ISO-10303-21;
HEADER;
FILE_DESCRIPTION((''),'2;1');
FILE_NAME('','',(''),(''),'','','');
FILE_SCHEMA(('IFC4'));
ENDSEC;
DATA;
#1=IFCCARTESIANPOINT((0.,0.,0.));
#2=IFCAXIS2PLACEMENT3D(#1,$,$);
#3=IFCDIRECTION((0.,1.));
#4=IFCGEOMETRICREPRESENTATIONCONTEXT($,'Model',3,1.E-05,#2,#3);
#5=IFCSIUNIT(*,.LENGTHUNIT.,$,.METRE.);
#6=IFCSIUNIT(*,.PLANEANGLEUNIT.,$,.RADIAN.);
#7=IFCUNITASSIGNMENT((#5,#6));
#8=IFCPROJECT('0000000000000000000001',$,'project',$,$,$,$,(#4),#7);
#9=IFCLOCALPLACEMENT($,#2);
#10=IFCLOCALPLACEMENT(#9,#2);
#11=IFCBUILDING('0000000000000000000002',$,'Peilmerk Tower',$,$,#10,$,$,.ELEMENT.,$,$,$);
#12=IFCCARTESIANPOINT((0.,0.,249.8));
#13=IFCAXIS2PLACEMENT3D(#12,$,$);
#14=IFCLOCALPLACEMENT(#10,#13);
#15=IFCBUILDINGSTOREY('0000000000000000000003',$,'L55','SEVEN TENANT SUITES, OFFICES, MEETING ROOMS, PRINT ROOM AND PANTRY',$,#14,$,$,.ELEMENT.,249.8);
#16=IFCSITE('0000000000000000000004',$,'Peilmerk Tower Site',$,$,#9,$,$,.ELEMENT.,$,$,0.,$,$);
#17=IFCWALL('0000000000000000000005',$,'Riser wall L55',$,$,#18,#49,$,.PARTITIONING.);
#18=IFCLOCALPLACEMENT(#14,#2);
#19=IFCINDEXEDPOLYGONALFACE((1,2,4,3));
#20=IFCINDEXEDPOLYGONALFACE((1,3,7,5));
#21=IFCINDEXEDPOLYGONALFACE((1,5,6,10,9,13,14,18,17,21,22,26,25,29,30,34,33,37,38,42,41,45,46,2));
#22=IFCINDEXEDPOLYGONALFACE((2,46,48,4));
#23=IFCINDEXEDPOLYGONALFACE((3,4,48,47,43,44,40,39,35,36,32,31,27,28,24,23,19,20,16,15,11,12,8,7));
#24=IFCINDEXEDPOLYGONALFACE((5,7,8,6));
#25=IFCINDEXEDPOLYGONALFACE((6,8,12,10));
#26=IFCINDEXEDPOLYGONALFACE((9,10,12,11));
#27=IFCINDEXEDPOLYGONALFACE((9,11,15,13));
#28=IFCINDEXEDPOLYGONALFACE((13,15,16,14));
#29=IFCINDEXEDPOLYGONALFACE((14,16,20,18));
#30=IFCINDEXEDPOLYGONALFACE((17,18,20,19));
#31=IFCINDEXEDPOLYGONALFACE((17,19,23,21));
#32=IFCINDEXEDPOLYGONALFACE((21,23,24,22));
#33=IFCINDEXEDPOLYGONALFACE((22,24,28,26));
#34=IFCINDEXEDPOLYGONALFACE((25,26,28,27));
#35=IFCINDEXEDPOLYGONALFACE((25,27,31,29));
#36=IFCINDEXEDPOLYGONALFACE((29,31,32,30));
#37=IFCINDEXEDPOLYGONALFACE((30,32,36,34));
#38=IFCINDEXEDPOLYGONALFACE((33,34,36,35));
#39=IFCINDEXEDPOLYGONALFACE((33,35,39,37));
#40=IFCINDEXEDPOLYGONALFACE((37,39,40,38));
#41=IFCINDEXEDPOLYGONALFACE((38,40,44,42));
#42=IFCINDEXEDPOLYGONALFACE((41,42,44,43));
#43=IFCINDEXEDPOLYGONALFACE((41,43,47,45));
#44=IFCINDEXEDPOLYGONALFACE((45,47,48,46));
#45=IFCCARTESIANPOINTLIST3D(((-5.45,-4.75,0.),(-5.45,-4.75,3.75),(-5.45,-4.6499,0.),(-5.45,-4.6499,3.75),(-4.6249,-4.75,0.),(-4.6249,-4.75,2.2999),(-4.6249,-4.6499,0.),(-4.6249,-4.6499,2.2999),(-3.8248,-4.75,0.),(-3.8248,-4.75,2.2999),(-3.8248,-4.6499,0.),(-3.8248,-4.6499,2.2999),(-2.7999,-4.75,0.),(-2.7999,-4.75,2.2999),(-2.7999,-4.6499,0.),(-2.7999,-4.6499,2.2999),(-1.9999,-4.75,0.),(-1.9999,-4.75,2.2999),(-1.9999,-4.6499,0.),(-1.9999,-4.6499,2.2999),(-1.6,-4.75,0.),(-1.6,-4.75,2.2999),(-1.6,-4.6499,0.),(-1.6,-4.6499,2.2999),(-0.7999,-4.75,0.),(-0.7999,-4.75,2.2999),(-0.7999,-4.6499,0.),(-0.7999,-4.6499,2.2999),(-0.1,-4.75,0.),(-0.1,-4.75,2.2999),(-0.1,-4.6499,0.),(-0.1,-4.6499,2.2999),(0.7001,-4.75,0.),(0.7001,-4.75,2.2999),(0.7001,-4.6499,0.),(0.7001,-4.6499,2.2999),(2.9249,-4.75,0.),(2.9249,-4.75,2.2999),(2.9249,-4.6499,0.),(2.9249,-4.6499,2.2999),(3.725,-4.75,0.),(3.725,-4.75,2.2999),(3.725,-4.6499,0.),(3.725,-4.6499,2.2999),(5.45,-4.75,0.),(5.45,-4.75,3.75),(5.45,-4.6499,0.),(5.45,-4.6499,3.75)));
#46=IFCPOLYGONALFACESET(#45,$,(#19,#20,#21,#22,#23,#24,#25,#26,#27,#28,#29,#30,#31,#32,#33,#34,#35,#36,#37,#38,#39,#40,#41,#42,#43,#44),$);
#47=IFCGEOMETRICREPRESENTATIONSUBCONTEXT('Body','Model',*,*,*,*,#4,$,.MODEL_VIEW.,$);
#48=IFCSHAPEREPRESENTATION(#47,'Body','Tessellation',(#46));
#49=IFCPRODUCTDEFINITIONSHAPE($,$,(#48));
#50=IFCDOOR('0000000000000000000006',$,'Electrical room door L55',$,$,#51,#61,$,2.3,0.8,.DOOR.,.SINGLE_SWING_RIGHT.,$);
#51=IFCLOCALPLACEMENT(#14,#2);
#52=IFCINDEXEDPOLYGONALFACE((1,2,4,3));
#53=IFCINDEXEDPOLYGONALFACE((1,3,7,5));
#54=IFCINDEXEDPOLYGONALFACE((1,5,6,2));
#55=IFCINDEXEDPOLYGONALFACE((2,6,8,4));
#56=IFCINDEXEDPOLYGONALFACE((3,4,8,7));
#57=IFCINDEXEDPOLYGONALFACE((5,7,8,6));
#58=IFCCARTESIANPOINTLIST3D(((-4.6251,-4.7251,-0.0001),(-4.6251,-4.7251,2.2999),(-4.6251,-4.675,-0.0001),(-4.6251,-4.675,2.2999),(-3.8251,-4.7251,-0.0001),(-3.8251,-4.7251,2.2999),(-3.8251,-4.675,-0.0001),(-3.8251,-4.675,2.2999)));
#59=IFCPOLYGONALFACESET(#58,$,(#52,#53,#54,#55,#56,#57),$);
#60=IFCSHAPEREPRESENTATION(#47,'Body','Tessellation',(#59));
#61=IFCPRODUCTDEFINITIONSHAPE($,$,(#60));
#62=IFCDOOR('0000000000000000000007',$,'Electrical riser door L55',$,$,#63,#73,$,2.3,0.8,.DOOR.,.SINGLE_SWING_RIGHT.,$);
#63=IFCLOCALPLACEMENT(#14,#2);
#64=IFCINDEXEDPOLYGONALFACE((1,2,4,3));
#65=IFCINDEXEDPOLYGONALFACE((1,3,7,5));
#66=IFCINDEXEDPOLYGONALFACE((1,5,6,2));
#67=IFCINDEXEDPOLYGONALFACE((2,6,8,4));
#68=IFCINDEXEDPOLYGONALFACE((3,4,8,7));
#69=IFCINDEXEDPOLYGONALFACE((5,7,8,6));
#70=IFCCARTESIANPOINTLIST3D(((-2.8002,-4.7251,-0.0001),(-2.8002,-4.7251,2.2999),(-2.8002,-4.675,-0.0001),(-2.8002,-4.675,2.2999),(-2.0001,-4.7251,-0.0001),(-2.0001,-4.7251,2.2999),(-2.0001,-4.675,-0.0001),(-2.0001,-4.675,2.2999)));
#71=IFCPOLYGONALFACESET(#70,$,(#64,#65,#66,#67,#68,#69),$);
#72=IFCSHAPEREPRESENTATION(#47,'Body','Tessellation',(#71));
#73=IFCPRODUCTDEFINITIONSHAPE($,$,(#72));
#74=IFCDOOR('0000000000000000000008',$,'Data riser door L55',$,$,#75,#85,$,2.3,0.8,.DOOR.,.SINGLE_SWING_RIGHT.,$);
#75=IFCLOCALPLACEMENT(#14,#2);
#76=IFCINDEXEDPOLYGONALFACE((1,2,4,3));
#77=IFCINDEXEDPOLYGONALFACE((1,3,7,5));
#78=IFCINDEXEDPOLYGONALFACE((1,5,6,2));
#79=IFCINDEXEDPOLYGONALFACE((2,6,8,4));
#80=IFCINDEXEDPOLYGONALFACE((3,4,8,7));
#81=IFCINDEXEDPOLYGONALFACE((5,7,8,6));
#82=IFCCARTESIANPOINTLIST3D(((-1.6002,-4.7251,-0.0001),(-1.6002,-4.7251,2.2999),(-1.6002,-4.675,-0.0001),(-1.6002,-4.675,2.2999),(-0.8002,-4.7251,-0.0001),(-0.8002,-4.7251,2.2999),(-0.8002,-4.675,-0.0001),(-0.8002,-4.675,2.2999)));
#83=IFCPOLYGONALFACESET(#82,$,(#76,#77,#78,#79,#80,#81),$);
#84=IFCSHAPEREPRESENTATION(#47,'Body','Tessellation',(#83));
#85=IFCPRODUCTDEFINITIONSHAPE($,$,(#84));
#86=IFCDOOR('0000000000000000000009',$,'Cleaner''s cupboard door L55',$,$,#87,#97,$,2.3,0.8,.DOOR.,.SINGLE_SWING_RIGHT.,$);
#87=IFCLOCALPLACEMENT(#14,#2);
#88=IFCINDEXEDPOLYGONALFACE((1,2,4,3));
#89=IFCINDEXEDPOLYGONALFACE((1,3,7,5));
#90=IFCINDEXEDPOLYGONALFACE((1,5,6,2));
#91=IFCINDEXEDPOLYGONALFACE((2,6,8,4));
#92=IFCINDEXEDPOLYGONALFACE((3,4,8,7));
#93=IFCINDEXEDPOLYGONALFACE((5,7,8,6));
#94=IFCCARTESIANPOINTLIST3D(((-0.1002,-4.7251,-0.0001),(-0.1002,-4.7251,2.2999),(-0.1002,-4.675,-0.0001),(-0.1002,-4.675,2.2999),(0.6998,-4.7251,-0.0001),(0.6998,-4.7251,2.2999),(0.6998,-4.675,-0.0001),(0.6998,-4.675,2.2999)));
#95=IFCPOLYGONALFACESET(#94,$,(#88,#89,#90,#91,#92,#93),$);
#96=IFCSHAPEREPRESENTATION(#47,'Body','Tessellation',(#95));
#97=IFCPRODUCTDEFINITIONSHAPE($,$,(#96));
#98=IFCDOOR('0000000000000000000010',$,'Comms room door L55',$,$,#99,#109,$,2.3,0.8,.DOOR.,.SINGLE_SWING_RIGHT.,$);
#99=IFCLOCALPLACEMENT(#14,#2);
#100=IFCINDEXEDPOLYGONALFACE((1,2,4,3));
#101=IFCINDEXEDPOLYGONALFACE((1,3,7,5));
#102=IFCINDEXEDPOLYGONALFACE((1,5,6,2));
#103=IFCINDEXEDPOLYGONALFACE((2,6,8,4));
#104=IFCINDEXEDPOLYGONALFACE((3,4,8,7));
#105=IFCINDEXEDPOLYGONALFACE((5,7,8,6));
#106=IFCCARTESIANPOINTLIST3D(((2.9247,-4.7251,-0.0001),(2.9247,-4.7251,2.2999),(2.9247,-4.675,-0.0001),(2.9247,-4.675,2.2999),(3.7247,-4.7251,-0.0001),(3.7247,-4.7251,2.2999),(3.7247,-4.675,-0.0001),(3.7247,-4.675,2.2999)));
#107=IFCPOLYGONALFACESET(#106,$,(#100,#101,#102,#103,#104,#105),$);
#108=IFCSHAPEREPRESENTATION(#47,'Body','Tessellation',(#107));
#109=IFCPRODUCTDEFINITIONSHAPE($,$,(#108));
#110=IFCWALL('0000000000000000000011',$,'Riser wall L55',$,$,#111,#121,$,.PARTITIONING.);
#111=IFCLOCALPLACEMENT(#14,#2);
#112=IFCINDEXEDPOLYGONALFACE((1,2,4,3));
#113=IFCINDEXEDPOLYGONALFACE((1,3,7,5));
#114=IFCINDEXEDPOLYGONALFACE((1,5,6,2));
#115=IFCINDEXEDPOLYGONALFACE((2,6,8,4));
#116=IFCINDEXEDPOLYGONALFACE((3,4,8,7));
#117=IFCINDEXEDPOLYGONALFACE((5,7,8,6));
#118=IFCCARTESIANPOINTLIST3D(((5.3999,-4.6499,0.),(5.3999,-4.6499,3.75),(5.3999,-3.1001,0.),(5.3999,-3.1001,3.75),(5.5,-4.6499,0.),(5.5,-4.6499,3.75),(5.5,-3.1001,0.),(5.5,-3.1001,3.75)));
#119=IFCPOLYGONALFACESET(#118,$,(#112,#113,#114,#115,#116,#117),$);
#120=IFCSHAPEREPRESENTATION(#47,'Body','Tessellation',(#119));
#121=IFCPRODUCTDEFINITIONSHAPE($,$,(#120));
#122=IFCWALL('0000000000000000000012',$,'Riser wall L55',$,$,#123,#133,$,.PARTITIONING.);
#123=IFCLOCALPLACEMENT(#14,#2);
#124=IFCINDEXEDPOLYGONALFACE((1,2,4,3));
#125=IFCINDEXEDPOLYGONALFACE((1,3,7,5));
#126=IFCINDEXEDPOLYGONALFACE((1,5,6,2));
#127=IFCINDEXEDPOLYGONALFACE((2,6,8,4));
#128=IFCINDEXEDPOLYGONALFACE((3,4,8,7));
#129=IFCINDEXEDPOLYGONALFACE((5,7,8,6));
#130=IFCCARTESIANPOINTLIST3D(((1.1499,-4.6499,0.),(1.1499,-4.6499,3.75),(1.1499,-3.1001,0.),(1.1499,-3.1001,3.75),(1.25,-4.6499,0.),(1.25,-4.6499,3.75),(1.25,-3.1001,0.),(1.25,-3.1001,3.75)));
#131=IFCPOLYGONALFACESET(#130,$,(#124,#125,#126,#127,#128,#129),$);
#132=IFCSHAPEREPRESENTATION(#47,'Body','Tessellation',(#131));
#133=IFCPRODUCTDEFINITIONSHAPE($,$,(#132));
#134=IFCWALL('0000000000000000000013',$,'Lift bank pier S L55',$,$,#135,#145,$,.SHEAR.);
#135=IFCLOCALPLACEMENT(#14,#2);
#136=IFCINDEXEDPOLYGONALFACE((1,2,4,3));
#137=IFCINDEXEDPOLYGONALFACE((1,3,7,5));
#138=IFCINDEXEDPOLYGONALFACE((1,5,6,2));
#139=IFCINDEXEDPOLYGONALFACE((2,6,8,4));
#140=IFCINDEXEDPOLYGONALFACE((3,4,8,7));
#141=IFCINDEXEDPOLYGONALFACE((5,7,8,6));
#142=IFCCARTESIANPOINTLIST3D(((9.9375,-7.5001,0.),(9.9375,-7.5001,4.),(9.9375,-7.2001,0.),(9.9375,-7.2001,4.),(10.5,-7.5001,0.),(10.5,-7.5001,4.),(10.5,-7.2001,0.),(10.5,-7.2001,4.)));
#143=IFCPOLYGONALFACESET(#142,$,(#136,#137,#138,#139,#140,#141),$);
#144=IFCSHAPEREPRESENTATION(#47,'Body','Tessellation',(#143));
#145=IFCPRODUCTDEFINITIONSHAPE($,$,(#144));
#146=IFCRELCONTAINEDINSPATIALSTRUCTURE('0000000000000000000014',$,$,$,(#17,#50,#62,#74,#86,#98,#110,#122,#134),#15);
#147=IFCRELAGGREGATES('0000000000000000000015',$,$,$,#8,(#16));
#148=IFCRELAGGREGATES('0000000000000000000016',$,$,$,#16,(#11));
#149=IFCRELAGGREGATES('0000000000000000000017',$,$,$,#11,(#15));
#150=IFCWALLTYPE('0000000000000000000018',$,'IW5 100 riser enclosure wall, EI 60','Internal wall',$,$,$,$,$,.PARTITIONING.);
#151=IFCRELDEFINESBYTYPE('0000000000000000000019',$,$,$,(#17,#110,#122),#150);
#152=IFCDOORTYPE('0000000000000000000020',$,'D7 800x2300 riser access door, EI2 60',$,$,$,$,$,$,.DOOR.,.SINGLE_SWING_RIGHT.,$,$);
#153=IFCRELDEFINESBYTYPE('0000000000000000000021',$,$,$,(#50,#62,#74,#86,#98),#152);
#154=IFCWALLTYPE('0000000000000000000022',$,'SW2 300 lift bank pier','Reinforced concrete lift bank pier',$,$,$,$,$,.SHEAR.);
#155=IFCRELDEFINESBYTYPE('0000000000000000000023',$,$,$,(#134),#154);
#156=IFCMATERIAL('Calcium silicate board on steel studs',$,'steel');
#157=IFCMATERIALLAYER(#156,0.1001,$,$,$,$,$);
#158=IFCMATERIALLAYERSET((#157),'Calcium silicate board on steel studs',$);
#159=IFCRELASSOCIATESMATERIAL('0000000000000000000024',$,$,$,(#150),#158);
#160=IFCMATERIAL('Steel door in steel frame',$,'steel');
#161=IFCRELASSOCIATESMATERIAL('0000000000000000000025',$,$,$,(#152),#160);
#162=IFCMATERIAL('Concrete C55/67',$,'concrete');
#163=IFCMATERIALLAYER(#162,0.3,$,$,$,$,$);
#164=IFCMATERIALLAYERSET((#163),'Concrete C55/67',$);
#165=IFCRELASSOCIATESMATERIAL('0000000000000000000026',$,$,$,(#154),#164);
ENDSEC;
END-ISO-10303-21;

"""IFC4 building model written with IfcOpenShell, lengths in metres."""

from ifc_helpers import new_model, si_unit, direction, frame, frame_2d, origin, place, context, subcontext, project, spatial, rectangle, extrude, material, layer, layer_set, type_object, element, fill, save


model = new_model("IFC4")

# Units and contexts
model_context = context("Model", 3, precision=1e-05, world=origin(), true_north=direction((0.0, 1.0)))
body_context = subcontext(model_context, "Body", "Model", "MODEL_VIEW")
ifc_project = project(units=[si_unit("LENGTHUNIT", "METRE"), si_unit("PLANEANGLEUNIT", "RADIAN")], contexts=[model_context])

# Site, building, storey
site_placement = place(None, origin())
site = spatial("IfcSite", under=ifc_project, at=site_placement, Name="Peilmerk Tower Site", CompositionType="ELEMENT", RefElevation=0.0)
building_placement = place(site_placement, origin())
building = spatial("IfcBuilding", under=site, at=building_placement, Name="Peilmerk Tower", CompositionType="ELEMENT")
storey_placement = place(building_placement, frame((0.0, 0.0, 249.8)))
storey = spatial("IfcBuildingStorey", under=building, at=storey_placement, Name="L55", Description="SEVEN TENANT SUITES, OFFICES, MEETING ROOMS, PRINT ROOM AND PANTRY", CompositionType="ELEMENT", Elevation=249.8)

# Shared definitions
ifc_material_1 = material(Name="Steel door in steel frame", Category="steel")

# Shared definitions
ifc_material_2 = material(Name="Calcium silicate board on steel studs", Category="steel")
ifc_layer_1 = layer(ifc_material_2, 0.1001)
ifc_layer_set_1 = layer_set([ifc_layer_1], Name="Calcium silicate board on steel studs")
wall_type_1 = type_object("IfcWallType", Name="IW5 100 riser enclosure wall, EI 60", Description="Internal wall", PredefinedType="PARTITIONING", material=ifc_layer_set_1)

# Wall, openings, doors
wall_1_placement = place(storey_placement, frame((5.45, -4.7, 0.0), z_axis=(0.0, 0.0, 1.0), x_axis=(-1.0, 0.0, 0.0)))
wall_1 = element("IfcWall", 1, at=wall_1_placement, inside=storey, type_object=wall_type_1, Name="Riser wall L55", PredefinedType="PARTITIONING", context=body_context, shape_type="SweptSolid", body=[
    extrude(rectangle(XDim=10.8999, YDim=0.1001, at=frame_2d((5.45, 0.0))), origin(), (0.0, 0.0, 1.0), 3.75),
])
opening_1_placement = place(wall_1_placement, frame((9.2749, 0.0, 0.0)))
opening_1 = element("IfcOpeningElement", 2, at=opening_1_placement, cuts=wall_1, PredefinedType="OPENING", context=body_context, shape_type="SweptSolid", body=[
    extrude(rectangle(XDim=0.8, YDim=2.3, at=frame_2d((0.3999, 1.1499))), frame((0.0, 0.0601, 0.0), z_axis=(0.0, -1.0, 0.0), x_axis=(1.0, 0.0, 0.0)), (0.0, 0.0, 1.0), 0.1201),
])
opening_2_placement = place(wall_1_placement, frame((7.45, 0.0, 0.0)))
opening_2 = element("IfcOpeningElement", 3, at=opening_2_placement, cuts=wall_1, PredefinedType="OPENING", context=body_context, shape_type="SweptSolid", body=[
    extrude(rectangle(XDim=0.8, YDim=2.3, at=frame_2d((0.3999, 1.1499))), frame((0.0, 0.0601, 0.0), z_axis=(0.0, -1.0, 0.0), x_axis=(1.0, 0.0, 0.0)), (0.0, 0.0, 1.0), 0.1201),
])
opening_3_placement = place(wall_1_placement, frame((6.25, 0.0, 0.0)))
opening_3 = element("IfcOpeningElement", 4, at=opening_3_placement, cuts=wall_1, PredefinedType="OPENING", context=body_context, shape_type="SweptSolid", body=[
    extrude(rectangle(XDim=0.8, YDim=2.3, at=frame_2d((0.3999, 1.1499))), frame((0.0, 0.0601, 0.0), z_axis=(0.0, -1.0, 0.0), x_axis=(1.0, 0.0, 0.0)), (0.0, 0.0, 1.0), 0.1201),
])
opening_4_placement = place(wall_1_placement, frame((4.75, 0.0, 0.0)))
opening_4 = element("IfcOpeningElement", 5, at=opening_4_placement, cuts=wall_1, PredefinedType="OPENING", context=body_context, shape_type="SweptSolid", body=[
    extrude(rectangle(XDim=0.8, YDim=2.3, at=frame_2d((0.3999, 1.1499))), frame((0.0, 0.0601, 0.0), z_axis=(0.0, -1.0, 0.0), x_axis=(1.0, 0.0, 0.0)), (0.0, 0.0, 1.0), 0.1201),
])
opening_5_placement = place(wall_1_placement, frame((1.7251, 0.0, 0.0)))
opening_5 = element("IfcOpeningElement", 6, at=opening_5_placement, cuts=wall_1, PredefinedType="OPENING", context=body_context, shape_type="SweptSolid", body=[
    extrude(rectangle(XDim=0.8, YDim=2.3, at=frame_2d((0.3999, 1.1499))), frame((0.0, 0.0601, 0.0), z_axis=(0.0, -1.0, 0.0), x_axis=(1.0, 0.0, 0.0)), (0.0, 0.0, 1.0), 0.1201),
])
door_type_1 = type_object("IfcDoorType", Name="D7 800x2300 riser access door, EI2 60", OperationType="SINGLE_SWING_RIGHT", PredefinedType="DOOR", material=ifc_material_1)
door_1_placement = place(opening_1_placement, frame((0.8, 0.0, 0.0), z_axis=(0.0, 0.0, 1.0), x_axis=(-1.0, 0.0, 0.0)))
door_1 = element("IfcDoor", 7, at=door_1_placement, inside=storey, type_object=door_type_1, Name="Electrical room door L55", OperationType="SINGLE_SWING_RIGHT", OverallHeight=2.3, OverallWidth=0.8, PredefinedType="DOOR", context=body_context, shape_type="SweptSolid", body=[
    extrude(rectangle(XDim=0.8, YDim=2.3, at=frame_2d((0.3999, 1.1499))), frame((0.0, 0.0249, 0.0), z_axis=(0.0, -1.0, 0.0), x_axis=(1.0, 0.0, 0.0)), (0.0, 0.0, 1.0), 0.05),
])
fill(opening_1, door_1)
door_2_placement = place(opening_2_placement, frame((0.8, 0.0, 0.0), z_axis=(0.0, 0.0, 1.0), x_axis=(-1.0, 0.0, 0.0)))
door_2 = element("IfcDoor", 8, at=door_2_placement, inside=storey, type_object=door_type_1, Name="Electrical riser door L55", OperationType="SINGLE_SWING_RIGHT", OverallHeight=2.3, OverallWidth=0.8, PredefinedType="DOOR", context=body_context, shape_type="SweptSolid", body=[
    extrude(rectangle(XDim=0.8, YDim=2.3, at=frame_2d((0.3999, 1.1499))), frame((0.0, 0.0249, 0.0), z_axis=(0.0, -1.0, 0.0), x_axis=(1.0, 0.0, 0.0)), (0.0, 0.0, 1.0), 0.05),
])
fill(opening_2, door_2)
door_3_placement = place(opening_3_placement, frame((0.8, 0.0, 0.0), z_axis=(0.0, 0.0, 1.0), x_axis=(-1.0, 0.0, 0.0)))
door_3 = element("IfcDoor", 9, at=door_3_placement, inside=storey, type_object=door_type_1, Name="Data riser door L55", OperationType="SINGLE_SWING_RIGHT", OverallHeight=2.3, OverallWidth=0.8, PredefinedType="DOOR", context=body_context, shape_type="SweptSolid", body=[
    extrude(rectangle(XDim=0.8, YDim=2.3, at=frame_2d((0.3999, 1.1499))), frame((0.0, 0.0249, 0.0), z_axis=(0.0, -1.0, 0.0), x_axis=(1.0, 0.0, 0.0)), (0.0, 0.0, 1.0), 0.05),
])
fill(opening_3, door_3)
door_4_placement = place(opening_4_placement, frame((0.8, 0.0, 0.0), z_axis=(0.0, 0.0, 1.0), x_axis=(-1.0, 0.0, 0.0)))
door_4 = element("IfcDoor", 10, at=door_4_placement, inside=storey, type_object=door_type_1, Name="Cleaner's cupboard door L55", OperationType="SINGLE_SWING_RIGHT", OverallHeight=2.3, OverallWidth=0.8, PredefinedType="DOOR", context=body_context, shape_type="SweptSolid", body=[
    extrude(rectangle(XDim=0.8, YDim=2.3, at=frame_2d((0.3999, 1.1499))), frame((0.0, 0.0249, 0.0), z_axis=(0.0, -1.0, 0.0), x_axis=(1.0, 0.0, 0.0)), (0.0, 0.0, 1.0), 0.05),
])
fill(opening_4, door_4)
door_5_placement = place(opening_5_placement, frame((0.8, 0.0, 0.0), z_axis=(0.0, 0.0, 1.0), x_axis=(-1.0, 0.0, 0.0)))
door_5 = element("IfcDoor", 11, at=door_5_placement, inside=storey, type_object=door_type_1, Name="Comms room door L55", OperationType="SINGLE_SWING_RIGHT", OverallHeight=2.3, OverallWidth=0.8, PredefinedType="DOOR", context=body_context, shape_type="SweptSolid", body=[
    extrude(rectangle(XDim=0.8, YDim=2.3, at=frame_2d((0.3999, 1.1499))), frame((0.0, 0.0249, 0.0), z_axis=(0.0, -1.0, 0.0), x_axis=(1.0, 0.0, 0.0)), (0.0, 0.0, 1.0), 0.05),
])
fill(opening_5, door_5)

# Walls
for number, where, z_axis, x_axis, name in (
    (12, (5.45, -3.1001, 0.0), (0.0, 0.0, 1.0), (0.0, -1.0, 0.0), "Riser wall L55"),
    (13, (1.2, -3.1001, 0.0), (0.0, 0.0, 1.0), (0.0, -1.0, 0.0), "Riser wall L55"),
):
    element("IfcWall", number, at=place(storey_placement, frame(where, z_axis=z_axis, x_axis=x_axis)), inside=storey, type_object=wall_type_1, Name=name, PredefinedType="PARTITIONING", context=body_context, shape_type="SweptSolid", body=[
        extrude(rectangle(XDim=1.5498, YDim=0.1001, at=frame_2d((0.7749, 0.0))), origin(), (0.0, 0.0, 1.0), 3.75),
    ])
ifc_material_3 = material(Name="Concrete C55/67", Category="concrete")
ifc_layer_2 = layer(ifc_material_3, 0.3)
ifc_layer_set_2 = layer_set([ifc_layer_2], Name="Concrete C55/67")
wall_type_2 = type_object("IfcWallType", Name="SW2 300 lift bank pier", Description="Reinforced concrete lift bank pier", PredefinedType="SHEAR", material=ifc_layer_set_2)
wall_2_placement = place(storey_placement, frame((9.9375, -7.3501, 0.0), z_axis=(0.0, 0.0, 1.0), x_axis=(1.0, 0.0, 0.0)))
element("IfcWall", 14, at=wall_2_placement, inside=storey, type_object=wall_type_2, Name="Lift bank pier S L55", PredefinedType="SHEAR", context=body_context, shape_type="SweptSolid", body=[
    extrude(rectangle(XDim=0.5625, YDim=0.3, at=frame_2d((0.2812, 0.0))), origin(), (0.0, 0.0, 1.0), 4.0),
])

save(model, "model.ifc")
